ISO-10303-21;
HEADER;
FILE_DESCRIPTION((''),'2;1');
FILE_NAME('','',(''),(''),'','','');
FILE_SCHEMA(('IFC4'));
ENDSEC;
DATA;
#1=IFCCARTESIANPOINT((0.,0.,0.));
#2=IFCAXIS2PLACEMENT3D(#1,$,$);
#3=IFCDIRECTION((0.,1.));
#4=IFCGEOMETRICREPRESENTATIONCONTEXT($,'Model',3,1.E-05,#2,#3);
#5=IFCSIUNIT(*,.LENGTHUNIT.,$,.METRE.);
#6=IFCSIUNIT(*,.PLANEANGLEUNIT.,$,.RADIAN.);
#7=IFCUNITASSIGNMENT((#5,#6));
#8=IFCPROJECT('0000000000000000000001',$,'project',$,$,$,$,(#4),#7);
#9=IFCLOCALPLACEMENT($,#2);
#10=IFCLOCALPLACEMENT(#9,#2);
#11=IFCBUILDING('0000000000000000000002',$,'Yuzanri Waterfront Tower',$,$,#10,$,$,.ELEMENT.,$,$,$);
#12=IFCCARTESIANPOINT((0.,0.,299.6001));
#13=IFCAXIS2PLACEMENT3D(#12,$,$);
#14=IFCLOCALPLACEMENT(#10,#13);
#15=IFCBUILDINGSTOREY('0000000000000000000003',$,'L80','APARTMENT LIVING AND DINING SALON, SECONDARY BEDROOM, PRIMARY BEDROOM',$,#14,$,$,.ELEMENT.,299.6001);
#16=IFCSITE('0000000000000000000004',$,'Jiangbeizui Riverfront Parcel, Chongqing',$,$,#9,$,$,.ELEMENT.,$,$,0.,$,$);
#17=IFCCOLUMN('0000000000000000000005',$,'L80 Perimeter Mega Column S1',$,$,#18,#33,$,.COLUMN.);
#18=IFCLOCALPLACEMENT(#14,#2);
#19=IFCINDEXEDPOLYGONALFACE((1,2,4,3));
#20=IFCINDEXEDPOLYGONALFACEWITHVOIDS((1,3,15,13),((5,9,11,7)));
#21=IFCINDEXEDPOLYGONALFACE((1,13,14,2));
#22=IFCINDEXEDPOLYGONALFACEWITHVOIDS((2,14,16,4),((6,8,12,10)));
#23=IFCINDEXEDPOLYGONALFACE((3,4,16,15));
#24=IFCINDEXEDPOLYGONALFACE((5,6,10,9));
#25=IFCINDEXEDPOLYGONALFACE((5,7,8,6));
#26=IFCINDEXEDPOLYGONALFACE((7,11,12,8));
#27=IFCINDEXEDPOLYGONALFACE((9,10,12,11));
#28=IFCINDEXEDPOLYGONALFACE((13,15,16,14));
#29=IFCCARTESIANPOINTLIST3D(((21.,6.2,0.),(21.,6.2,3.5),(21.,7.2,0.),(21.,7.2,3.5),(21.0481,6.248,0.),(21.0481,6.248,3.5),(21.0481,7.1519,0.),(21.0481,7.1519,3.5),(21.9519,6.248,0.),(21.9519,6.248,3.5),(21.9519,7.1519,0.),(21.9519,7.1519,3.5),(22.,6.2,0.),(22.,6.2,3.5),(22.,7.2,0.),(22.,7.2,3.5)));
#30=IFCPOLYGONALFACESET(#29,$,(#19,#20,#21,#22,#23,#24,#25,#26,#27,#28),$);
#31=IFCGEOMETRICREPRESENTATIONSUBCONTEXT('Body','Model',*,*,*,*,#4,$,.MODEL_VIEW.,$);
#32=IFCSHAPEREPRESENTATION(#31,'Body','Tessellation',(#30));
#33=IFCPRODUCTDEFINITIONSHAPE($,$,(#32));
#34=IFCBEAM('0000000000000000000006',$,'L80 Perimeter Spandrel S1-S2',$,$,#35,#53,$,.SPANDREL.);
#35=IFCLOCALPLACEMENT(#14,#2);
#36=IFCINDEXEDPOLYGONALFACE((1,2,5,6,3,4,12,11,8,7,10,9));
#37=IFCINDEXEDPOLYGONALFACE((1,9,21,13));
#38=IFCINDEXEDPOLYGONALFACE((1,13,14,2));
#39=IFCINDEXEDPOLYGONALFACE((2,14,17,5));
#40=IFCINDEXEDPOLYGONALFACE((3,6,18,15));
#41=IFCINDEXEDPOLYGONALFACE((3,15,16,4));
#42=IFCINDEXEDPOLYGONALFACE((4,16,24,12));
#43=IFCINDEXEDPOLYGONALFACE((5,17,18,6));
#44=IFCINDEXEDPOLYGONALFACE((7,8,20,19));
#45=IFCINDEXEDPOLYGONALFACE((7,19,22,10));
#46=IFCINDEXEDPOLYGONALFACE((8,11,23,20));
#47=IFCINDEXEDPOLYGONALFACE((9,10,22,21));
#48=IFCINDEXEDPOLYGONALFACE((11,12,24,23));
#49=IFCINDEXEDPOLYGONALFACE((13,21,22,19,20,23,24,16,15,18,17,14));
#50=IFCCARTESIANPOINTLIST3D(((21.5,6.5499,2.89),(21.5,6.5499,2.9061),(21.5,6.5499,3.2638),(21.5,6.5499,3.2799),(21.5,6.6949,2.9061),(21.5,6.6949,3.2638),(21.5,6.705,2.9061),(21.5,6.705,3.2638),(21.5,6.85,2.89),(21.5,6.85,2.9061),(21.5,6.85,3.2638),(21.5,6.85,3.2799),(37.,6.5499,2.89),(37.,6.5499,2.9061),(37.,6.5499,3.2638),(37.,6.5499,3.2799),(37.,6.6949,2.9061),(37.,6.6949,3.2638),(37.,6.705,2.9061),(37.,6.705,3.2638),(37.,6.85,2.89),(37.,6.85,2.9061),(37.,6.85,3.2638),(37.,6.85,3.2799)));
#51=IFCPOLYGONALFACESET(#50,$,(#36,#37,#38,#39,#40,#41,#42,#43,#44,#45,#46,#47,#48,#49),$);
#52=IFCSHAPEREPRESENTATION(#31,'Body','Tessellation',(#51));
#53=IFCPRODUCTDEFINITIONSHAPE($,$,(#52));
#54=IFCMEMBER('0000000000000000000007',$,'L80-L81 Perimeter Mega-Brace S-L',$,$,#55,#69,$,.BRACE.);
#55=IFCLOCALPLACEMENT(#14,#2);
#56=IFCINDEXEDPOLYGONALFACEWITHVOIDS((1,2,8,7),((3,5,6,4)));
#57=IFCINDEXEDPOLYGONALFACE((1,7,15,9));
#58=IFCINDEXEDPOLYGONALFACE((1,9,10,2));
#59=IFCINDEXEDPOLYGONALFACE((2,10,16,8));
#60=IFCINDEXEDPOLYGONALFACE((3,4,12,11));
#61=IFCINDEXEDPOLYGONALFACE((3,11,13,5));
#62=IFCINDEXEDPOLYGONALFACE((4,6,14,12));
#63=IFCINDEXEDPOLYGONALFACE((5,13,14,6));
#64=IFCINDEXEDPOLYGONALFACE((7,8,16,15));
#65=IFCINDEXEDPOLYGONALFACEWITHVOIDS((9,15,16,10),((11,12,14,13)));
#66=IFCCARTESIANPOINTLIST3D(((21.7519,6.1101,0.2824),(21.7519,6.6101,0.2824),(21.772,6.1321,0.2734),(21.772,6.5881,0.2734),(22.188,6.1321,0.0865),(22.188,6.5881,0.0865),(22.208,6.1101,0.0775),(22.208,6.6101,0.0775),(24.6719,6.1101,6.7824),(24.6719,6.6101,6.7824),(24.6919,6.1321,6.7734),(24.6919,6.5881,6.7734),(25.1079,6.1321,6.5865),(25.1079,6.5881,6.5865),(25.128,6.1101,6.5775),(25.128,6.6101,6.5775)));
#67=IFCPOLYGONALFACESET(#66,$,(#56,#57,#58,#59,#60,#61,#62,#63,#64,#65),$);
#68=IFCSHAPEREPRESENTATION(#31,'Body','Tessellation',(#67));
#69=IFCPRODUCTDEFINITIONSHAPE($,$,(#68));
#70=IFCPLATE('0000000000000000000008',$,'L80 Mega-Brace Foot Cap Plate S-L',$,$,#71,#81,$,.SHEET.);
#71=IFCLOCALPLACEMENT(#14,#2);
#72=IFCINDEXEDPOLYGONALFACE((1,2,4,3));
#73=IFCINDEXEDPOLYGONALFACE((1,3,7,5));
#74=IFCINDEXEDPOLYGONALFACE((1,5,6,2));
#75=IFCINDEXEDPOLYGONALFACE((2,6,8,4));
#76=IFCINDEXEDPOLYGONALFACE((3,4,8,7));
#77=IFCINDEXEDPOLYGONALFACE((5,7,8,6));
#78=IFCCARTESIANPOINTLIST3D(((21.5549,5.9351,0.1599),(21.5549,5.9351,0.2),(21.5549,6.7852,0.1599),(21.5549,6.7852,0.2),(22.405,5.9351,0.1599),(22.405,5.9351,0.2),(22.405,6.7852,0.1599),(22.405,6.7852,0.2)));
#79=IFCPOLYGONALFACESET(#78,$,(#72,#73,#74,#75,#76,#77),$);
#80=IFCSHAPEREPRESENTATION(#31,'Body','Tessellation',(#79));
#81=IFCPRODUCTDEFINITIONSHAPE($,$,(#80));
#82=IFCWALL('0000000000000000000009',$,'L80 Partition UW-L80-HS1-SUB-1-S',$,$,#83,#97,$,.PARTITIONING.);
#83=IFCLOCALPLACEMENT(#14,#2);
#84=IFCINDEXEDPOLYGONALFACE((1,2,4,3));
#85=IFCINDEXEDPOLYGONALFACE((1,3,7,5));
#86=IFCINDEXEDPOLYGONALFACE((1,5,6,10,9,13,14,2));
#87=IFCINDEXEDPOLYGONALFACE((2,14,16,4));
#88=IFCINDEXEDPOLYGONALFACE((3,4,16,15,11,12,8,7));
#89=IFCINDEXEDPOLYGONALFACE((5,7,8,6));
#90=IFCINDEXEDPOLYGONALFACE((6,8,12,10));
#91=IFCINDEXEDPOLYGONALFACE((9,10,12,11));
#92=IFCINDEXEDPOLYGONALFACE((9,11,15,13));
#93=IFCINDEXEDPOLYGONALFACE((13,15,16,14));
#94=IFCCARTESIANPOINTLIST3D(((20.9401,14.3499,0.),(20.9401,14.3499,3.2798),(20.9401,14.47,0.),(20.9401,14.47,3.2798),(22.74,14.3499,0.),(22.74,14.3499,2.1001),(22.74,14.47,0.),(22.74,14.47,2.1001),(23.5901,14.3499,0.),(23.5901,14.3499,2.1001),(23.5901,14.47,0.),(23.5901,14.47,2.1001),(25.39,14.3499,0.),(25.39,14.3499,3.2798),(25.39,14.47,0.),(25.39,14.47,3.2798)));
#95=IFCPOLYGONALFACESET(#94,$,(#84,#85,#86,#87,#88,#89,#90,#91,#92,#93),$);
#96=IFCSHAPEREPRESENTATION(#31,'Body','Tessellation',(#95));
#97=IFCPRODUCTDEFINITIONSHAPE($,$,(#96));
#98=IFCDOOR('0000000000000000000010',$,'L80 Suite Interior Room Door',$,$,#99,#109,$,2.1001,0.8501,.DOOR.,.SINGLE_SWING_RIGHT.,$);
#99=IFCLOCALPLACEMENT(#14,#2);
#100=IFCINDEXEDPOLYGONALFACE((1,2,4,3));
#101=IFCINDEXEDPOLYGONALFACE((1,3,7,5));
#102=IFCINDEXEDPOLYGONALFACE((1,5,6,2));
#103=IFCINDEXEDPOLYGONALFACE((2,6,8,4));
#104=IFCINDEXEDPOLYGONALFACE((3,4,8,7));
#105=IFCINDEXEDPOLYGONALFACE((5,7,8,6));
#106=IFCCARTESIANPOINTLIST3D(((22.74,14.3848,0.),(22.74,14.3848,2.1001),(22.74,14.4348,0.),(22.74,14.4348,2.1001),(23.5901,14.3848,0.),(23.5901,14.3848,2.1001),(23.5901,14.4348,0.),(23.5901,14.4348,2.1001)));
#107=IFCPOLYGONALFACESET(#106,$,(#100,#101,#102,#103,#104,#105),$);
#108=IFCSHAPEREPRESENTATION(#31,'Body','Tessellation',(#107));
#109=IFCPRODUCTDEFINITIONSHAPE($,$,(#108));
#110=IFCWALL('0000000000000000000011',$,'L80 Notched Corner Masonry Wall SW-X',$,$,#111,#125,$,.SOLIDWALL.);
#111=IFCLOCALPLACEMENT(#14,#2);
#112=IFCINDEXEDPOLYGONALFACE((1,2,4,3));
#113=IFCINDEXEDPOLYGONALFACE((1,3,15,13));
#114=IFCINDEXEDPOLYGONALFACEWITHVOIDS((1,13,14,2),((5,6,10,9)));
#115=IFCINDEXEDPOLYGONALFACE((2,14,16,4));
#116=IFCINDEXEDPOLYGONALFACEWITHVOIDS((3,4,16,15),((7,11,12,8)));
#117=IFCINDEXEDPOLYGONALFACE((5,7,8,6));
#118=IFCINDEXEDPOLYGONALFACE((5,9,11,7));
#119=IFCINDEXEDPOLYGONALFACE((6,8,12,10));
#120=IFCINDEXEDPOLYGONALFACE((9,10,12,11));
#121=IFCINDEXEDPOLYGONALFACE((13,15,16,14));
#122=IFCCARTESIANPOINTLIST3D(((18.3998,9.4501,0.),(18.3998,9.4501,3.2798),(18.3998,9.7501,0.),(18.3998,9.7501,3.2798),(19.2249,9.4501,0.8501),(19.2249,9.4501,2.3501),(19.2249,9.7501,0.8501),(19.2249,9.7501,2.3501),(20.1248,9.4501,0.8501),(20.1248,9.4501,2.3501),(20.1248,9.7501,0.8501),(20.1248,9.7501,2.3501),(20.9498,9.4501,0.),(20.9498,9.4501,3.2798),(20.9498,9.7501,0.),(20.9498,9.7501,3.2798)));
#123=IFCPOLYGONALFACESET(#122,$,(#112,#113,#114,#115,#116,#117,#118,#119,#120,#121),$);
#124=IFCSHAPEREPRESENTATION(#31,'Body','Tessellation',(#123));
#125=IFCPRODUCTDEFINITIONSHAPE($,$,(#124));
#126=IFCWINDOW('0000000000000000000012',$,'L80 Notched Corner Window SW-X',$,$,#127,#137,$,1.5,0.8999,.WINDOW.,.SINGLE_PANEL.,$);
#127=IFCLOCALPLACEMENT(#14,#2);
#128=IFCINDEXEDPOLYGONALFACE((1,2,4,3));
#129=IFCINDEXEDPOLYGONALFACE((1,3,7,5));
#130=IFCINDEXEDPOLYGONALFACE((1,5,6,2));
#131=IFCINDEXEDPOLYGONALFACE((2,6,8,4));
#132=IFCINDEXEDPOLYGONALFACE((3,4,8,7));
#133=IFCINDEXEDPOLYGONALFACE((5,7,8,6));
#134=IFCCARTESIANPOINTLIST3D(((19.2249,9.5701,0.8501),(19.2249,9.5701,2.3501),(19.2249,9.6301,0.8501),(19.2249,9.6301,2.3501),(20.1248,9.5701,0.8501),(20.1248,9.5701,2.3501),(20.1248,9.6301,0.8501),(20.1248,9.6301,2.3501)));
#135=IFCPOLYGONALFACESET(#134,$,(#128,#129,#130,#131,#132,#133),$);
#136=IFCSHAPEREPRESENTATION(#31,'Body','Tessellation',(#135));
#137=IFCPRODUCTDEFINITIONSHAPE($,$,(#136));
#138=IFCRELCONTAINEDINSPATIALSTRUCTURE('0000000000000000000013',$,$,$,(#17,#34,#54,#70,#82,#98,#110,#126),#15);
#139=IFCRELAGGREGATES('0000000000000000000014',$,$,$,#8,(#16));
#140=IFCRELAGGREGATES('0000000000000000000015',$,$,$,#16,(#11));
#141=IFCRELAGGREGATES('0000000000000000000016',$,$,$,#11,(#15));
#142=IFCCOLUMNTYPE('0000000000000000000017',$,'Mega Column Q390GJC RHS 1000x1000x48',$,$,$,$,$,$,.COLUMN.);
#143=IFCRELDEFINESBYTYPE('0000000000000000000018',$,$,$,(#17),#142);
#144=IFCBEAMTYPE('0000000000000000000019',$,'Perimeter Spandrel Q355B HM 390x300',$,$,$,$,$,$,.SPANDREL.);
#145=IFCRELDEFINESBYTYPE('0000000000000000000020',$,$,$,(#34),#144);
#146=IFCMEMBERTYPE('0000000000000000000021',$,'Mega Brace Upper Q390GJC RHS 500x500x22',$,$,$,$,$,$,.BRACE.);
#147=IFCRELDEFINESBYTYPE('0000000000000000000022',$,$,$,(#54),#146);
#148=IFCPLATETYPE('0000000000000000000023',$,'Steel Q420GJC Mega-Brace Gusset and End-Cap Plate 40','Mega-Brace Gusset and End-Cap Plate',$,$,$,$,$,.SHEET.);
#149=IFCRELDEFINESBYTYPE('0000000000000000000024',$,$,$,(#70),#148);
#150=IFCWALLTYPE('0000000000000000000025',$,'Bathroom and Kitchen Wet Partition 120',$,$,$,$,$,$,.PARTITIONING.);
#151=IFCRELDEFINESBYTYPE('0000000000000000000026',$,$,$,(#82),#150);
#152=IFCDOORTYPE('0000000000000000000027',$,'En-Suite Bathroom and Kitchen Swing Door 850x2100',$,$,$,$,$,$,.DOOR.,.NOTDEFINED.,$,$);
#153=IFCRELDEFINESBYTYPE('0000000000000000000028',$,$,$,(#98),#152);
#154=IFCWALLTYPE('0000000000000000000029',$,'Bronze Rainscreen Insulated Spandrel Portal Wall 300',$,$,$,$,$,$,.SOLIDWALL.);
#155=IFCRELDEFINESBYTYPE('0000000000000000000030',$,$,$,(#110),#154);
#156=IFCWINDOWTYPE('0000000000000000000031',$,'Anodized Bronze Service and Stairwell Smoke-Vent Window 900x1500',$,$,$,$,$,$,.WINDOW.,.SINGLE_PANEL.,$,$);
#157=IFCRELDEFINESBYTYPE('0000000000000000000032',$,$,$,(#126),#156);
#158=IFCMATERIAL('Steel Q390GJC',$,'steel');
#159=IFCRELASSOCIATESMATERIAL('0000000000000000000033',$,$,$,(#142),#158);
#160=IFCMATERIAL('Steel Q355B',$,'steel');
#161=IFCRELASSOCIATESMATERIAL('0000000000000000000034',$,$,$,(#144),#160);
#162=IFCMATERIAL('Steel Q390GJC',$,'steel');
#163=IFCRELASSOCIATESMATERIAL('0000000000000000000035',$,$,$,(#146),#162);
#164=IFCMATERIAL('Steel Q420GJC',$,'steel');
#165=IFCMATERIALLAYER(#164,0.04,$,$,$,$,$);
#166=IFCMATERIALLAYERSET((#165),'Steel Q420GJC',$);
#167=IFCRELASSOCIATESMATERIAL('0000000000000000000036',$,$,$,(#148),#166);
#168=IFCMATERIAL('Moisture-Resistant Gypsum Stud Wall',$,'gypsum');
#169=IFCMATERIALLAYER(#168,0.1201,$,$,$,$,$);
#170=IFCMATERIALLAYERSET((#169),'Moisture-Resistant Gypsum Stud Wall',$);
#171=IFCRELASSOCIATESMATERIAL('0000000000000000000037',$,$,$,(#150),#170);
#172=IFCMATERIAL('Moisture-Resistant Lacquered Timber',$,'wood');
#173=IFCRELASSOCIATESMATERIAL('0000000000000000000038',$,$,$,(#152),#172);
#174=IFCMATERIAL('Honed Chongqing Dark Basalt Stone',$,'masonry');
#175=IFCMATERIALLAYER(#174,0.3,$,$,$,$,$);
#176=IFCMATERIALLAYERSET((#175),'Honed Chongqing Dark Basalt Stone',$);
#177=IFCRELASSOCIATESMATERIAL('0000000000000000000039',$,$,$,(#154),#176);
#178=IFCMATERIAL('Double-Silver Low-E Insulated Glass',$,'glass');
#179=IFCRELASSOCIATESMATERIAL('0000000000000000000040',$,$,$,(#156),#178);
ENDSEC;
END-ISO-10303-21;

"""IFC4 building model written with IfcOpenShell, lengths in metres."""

from ifc_helpers import new_model, si_unit, direction, frame, frame_2d, origin, origin_2d, place, context, subcontext, project, spatial, rectangle, hollow_rectangle, i_section, extrude, source, transform, mapped, material, layer, layer_set, material_profile, profile_set, type_object, element, fill, save


model = new_model("IFC4")

# Units and contexts
model_context = context("Model", 3, precision=1e-05, world=origin(), true_north=direction((0.0, 1.0)))
body_context = subcontext(model_context, "Body", "Model", "MODEL_VIEW")
ifc_project = project(units=[si_unit("LENGTHUNIT", "METRE"), si_unit("PLANEANGLEUNIT", "RADIAN")], contexts=[model_context])

# Site, building, storey
site_placement = place(None, origin())
site = spatial("IfcSite", under=ifc_project, at=site_placement, Name="Jiangbeizui Riverfront Parcel, Chongqing", CompositionType="ELEMENT", RefElevation=0.0)
building_placement = place(site_placement, origin())
building = spatial("IfcBuilding", under=site, at=building_placement, Name="Yuzanri Waterfront Tower", CompositionType="ELEMENT")
storey_placement = place(building_placement, frame((0.0, 0.0, 299.6001)))
storey = spatial("IfcBuildingStorey", under=building, at=storey_placement, Name="L80", Description="APARTMENT LIVING AND DINING SALON, SECONDARY BEDROOM, PRIMARY BEDROOM", CompositionType="ELEMENT", Elevation=299.6001)

# Column
ifc_material_1 = material(Name="Steel Q390GJC", Category="steel")
ifc_material_profile_1 = material_profile(ifc_material_1, hollow_rectangle(XDim=1.0, YDim=1.0, WallThickness=0.0481, at=origin_2d()), Name="RHS 1000x1000x48")
ifc_profile_set_1 = profile_set([ifc_material_profile_1], Name="Steel Q390GJC")
column_type = type_object("IfcColumnType", Name="Mega Column Q390GJC RHS 1000x1000x48", PredefinedType="COLUMN", material=ifc_profile_set_1)
shared_shape_1 = source(origin(), body_context, "Body", "SweptSolid", [
    extrude(hollow_rectangle(XDim=1.0, YDim=1.0, WallThickness=0.0481, at=origin_2d()), origin(), (0.0, 0.0, 1.0), 3.5),
])
column_placement = place(storey_placement, frame((21.5, 6.7, 0.0), z_axis=(0.0, 0.0, 1.0), x_axis=(1.0, 0.0, 0.0)))
element("IfcColumn", 1, at=column_placement, inside=storey, type_object=column_type, Name="L80 Perimeter Mega Column S1", PredefinedType="COLUMN", context=body_context, shape_type="MappedRepresentation", body=[
    mapped(shared_shape_1, transform((0.0, 0.0, 0.0), scale=1.0)),
])

# Beam
ifc_material_2 = material(Name="Steel Q355B", Category="steel")
ifc_material_profile_2 = material_profile(ifc_material_2, i_section(OverallWidth=0.3, OverallDepth=0.3899, WebThickness=0.01, FlangeThickness=0.0161, at=origin_2d()), Name="HM 390x300x10x16")
ifc_profile_set_2 = profile_set([ifc_material_profile_2], Name="Steel Q355B")
beam_type = type_object("IfcBeamType", Name="Perimeter Spandrel Q355B HM 390x300", PredefinedType="SPANDREL", material=ifc_profile_set_2)
shared_shape_2 = source(origin(), body_context, "Body", "SweptSolid", [
    extrude(i_section(OverallWidth=0.3, OverallDepth=0.3899, WebThickness=0.01, FlangeThickness=0.0161, at=origin_2d()), origin(), (0.0, 0.0, 1.0), 15.5),
])
beam_placement = place(storey_placement, frame((21.5, 6.7, 3.085), z_axis=(1.0, 0.0, 0.0), x_axis=(0.0, 1.0, 0.0)))
element("IfcBeam", 2, at=beam_placement, inside=storey, type_object=beam_type, Name="L80 Perimeter Spandrel S1-S2", PredefinedType="SPANDREL", context=body_context, shape_type="MappedRepresentation", body=[
    mapped(shared_shape_2, transform((0.0, 0.0, 0.0), scale=1.0)),
])

# Member
ifc_material_3 = material(Name="Steel Q390GJC", Category="steel")
ifc_material_profile_3 = material_profile(ifc_material_3, hollow_rectangle(XDim=0.5, YDim=0.5, WallThickness=0.022, at=origin_2d()), Name="RHS 500x500x22")
ifc_profile_set_3 = profile_set([ifc_material_profile_3], Name="Steel Q390GJC")
member_type = type_object("IfcMemberType", Name="Mega Brace Upper Q390GJC RHS 500x500x22", PredefinedType="BRACE", material=ifc_profile_set_3)
shared_shape_3 = source(origin(), body_context, "Body", "SweptSolid", [
    extrude(hollow_rectangle(XDim=0.5, YDim=0.5, WallThickness=0.022, at=origin_2d()), origin(), (0.0, 0.0, 1.0), 7.1257),
])
member_placement = place(storey_placement, frame((21.98, 6.3601, 0.1799), z_axis=(0.409772, 0.0, 0.912188), x_axis=(0.0, 1.0, 0.0)))
element("IfcMember", 3, at=member_placement, inside=storey, type_object=member_type, Name="L80-L81 Perimeter Mega-Brace S-L", PredefinedType="BRACE", context=body_context, shape_type="MappedRepresentation", body=[
    mapped(shared_shape_3, transform((0.0, 0.0, 0.0), scale=1.0)),
])

# Plate
ifc_material_4 = material(Name="Steel Q420GJC", Category="steel")
ifc_layer_1 = layer(ifc_material_4, 0.04)
ifc_layer_set_1 = layer_set([ifc_layer_1], Name="Steel Q420GJC")
plate_type = type_object("IfcPlateType", Name="Steel Q420GJC Mega-Brace Gusset and End-Cap Plate 40", Description="Mega-Brace Gusset and End-Cap Plate", PredefinedType="SHEET", material=ifc_layer_set_1)
shared_shape_4 = source(origin(), body_context, "Body", "SweptSolid", [
    extrude(rectangle(XDim=0.8501, YDim=0.8501, at=origin_2d()), origin(), (0.0, 0.0, 1.0), 0.04),
])
plate_placement = place(storey_placement, frame((21.98, 6.3601, 0.1599), z_axis=(0.0, 0.0, 1.0), x_axis=(1.0, 0.0, 0.0)))
element("IfcPlate", 4, at=plate_placement, inside=storey, type_object=plate_type, Name="L80 Mega-Brace Foot Cap Plate S-L", PredefinedType="SHEET", context=body_context, shape_type="MappedRepresentation", body=[
    mapped(shared_shape_4, transform((0.0, 0.0, 0.0), scale=1.0)),
])

# Wall, opening, door
ifc_material_5 = material(Name="Moisture-Resistant Gypsum Stud Wall", Category="gypsum")
ifc_layer_2 = layer(ifc_material_5, 0.1201)
ifc_layer_set_2 = layer_set([ifc_layer_2], Name="Moisture-Resistant Gypsum Stud Wall")
wall_type_1 = type_object("IfcWallType", Name="Bathroom and Kitchen Wet Partition 120", PredefinedType="PARTITIONING", material=ifc_layer_set_2)
wall_1_placement = place(storey_placement, frame((20.9399, 14.4099, 0.0), z_axis=(0.0, 0.0, 1.0), x_axis=(1.0, 0.0, 0.0)))
wall_1 = element("IfcWall", 5, at=wall_1_placement, inside=storey, type_object=wall_type_1, Name="L80 Partition UW-L80-HS1-SUB-1-S", PredefinedType="PARTITIONING", context=body_context, shape_type="SweptSolid", body=[
    extrude(rectangle(XDim=4.45, YDim=0.1201, at=frame_2d((2.2251, 0.0))), origin(), (0.0, 0.0, 1.0), 3.2798),
])
opening_1_placement = place(wall_1_placement, frame((1.8, 0.0, 0.0)))
opening_1 = element("IfcOpeningElement", 6, at=opening_1_placement, cuts=wall_1, PredefinedType="OPENING", context=body_context, shape_type="SweptSolid", body=[
    extrude(rectangle(XDim=0.8501, YDim=2.1001, at=frame_2d((0.425, 1.05))), frame((0.0, 0.075, 0.0), z_axis=(0.0, -1.0, 0.0), x_axis=(1.0, 0.0, 0.0)), (0.0, 0.0, 1.0), 0.1499),
])
ifc_material_6 = material(Name="Moisture-Resistant Lacquered Timber", Category="wood")
door_type = type_object("IfcDoorType", Name="En-Suite Bathroom and Kitchen Swing Door 850x2100", OperationType="NOTDEFINED", PredefinedType="DOOR", material=ifc_material_6)
shared_shape_5 = source(origin(), body_context, "Body", "SweptSolid", [
    extrude(rectangle(XDim=0.8501, YDim=2.1001, at=frame_2d((0.425, 1.05))), frame((0.0, 0.0249, 0.0), z_axis=(0.0, -1.0, 0.0), x_axis=(1.0, 0.0, 0.0)), (0.0, 0.0, 1.0), 0.05),
])
door_placement = place(opening_1_placement, origin())
door = element("IfcDoor", 7, at=door_placement, inside=storey, type_object=door_type, Name="L80 Suite Interior Room Door", OperationType="SINGLE_SWING_RIGHT", OverallHeight=2.1001, OverallWidth=0.8501, PredefinedType="DOOR", context=body_context, shape_type="MappedRepresentation", body=[
    mapped(shared_shape_5, transform((0.0, 0.0, 0.0), scale=1.0)),
])
fill(opening_1, door)

# Wall, opening, window
ifc_material_7 = material(Name="Honed Chongqing Dark Basalt Stone", Category="masonry")
ifc_layer_3 = layer(ifc_material_7, 0.3)
ifc_layer_set_3 = layer_set([ifc_layer_3], Name="Honed Chongqing Dark Basalt Stone")
wall_type_2 = type_object("IfcWallType", Name="Bronze Rainscreen Insulated Spandrel Portal Wall 300", PredefinedType="SOLIDWALL", material=ifc_layer_set_3)
wall_2_placement = place(storey_placement, frame((18.3999, 9.6001, 0.0), z_axis=(0.0, 0.0, 1.0), x_axis=(1.0, 0.0, 0.0)))
wall_2 = element("IfcWall", 8, at=wall_2_placement, inside=storey, type_object=wall_type_2, Name="L80 Notched Corner Masonry Wall SW-X", PredefinedType="SOLIDWALL", context=body_context, shape_type="SweptSolid", body=[
    extrude(rectangle(XDim=2.55, YDim=0.3, at=frame_2d((1.2749, 0.0))), origin(), (0.0, 0.0, 1.0), 3.2798),
])
opening_2_placement = place(wall_2_placement, frame((0.825, 0.0, 0.8501)))
opening_2 = element("IfcOpeningElement", 9, at=opening_2_placement, cuts=wall_2, PredefinedType="OPENING", context=body_context, shape_type="SweptSolid", body=[
    extrude(rectangle(XDim=0.8999, YDim=1.5, at=frame_2d((0.45, 0.75))), frame((0.0, 0.165, 0.0), z_axis=(0.0, -1.0, 0.0), x_axis=(1.0, 0.0, 0.0)), (0.0, 0.0, 1.0), 0.3298),
])
ifc_material_8 = material(Name="Double-Silver Low-E Insulated Glass", Category="glass")
window_type_1 = type_object("IfcWindowType", Name="Anodized Bronze Service and Stairwell Smoke-Vent Window 900x1500", PartitioningType="SINGLE_PANEL", PredefinedType="WINDOW", material=ifc_material_8)
shared_shape_6 = source(origin(), body_context, "Body", "SweptSolid", [
    extrude(rectangle(XDim=0.8999, YDim=1.5, at=frame_2d((0.45, 0.75))), frame((0.0, 0.03, 0.0), z_axis=(0.0, -1.0, 0.0), x_axis=(1.0, 0.0, 0.0)), (0.0, 0.0, 1.0), 0.0601),
])
window_1_placement = place(opening_2_placement, origin())
window_1 = element("IfcWindow", 10, at=window_1_placement, inside=storey, type_object=window_type_1, Name="L80 Notched Corner Window SW-X", OverallHeight=1.5, OverallWidth=0.8999, PartitioningType="SINGLE_PANEL", PredefinedType="WINDOW", context=body_context, shape_type="MappedRepresentation", body=[
    mapped(shared_shape_6, transform((0.0, 0.0, 0.0), scale=1.0)),
])
fill(opening_2, window_1)

save(model, "model.ifc")
